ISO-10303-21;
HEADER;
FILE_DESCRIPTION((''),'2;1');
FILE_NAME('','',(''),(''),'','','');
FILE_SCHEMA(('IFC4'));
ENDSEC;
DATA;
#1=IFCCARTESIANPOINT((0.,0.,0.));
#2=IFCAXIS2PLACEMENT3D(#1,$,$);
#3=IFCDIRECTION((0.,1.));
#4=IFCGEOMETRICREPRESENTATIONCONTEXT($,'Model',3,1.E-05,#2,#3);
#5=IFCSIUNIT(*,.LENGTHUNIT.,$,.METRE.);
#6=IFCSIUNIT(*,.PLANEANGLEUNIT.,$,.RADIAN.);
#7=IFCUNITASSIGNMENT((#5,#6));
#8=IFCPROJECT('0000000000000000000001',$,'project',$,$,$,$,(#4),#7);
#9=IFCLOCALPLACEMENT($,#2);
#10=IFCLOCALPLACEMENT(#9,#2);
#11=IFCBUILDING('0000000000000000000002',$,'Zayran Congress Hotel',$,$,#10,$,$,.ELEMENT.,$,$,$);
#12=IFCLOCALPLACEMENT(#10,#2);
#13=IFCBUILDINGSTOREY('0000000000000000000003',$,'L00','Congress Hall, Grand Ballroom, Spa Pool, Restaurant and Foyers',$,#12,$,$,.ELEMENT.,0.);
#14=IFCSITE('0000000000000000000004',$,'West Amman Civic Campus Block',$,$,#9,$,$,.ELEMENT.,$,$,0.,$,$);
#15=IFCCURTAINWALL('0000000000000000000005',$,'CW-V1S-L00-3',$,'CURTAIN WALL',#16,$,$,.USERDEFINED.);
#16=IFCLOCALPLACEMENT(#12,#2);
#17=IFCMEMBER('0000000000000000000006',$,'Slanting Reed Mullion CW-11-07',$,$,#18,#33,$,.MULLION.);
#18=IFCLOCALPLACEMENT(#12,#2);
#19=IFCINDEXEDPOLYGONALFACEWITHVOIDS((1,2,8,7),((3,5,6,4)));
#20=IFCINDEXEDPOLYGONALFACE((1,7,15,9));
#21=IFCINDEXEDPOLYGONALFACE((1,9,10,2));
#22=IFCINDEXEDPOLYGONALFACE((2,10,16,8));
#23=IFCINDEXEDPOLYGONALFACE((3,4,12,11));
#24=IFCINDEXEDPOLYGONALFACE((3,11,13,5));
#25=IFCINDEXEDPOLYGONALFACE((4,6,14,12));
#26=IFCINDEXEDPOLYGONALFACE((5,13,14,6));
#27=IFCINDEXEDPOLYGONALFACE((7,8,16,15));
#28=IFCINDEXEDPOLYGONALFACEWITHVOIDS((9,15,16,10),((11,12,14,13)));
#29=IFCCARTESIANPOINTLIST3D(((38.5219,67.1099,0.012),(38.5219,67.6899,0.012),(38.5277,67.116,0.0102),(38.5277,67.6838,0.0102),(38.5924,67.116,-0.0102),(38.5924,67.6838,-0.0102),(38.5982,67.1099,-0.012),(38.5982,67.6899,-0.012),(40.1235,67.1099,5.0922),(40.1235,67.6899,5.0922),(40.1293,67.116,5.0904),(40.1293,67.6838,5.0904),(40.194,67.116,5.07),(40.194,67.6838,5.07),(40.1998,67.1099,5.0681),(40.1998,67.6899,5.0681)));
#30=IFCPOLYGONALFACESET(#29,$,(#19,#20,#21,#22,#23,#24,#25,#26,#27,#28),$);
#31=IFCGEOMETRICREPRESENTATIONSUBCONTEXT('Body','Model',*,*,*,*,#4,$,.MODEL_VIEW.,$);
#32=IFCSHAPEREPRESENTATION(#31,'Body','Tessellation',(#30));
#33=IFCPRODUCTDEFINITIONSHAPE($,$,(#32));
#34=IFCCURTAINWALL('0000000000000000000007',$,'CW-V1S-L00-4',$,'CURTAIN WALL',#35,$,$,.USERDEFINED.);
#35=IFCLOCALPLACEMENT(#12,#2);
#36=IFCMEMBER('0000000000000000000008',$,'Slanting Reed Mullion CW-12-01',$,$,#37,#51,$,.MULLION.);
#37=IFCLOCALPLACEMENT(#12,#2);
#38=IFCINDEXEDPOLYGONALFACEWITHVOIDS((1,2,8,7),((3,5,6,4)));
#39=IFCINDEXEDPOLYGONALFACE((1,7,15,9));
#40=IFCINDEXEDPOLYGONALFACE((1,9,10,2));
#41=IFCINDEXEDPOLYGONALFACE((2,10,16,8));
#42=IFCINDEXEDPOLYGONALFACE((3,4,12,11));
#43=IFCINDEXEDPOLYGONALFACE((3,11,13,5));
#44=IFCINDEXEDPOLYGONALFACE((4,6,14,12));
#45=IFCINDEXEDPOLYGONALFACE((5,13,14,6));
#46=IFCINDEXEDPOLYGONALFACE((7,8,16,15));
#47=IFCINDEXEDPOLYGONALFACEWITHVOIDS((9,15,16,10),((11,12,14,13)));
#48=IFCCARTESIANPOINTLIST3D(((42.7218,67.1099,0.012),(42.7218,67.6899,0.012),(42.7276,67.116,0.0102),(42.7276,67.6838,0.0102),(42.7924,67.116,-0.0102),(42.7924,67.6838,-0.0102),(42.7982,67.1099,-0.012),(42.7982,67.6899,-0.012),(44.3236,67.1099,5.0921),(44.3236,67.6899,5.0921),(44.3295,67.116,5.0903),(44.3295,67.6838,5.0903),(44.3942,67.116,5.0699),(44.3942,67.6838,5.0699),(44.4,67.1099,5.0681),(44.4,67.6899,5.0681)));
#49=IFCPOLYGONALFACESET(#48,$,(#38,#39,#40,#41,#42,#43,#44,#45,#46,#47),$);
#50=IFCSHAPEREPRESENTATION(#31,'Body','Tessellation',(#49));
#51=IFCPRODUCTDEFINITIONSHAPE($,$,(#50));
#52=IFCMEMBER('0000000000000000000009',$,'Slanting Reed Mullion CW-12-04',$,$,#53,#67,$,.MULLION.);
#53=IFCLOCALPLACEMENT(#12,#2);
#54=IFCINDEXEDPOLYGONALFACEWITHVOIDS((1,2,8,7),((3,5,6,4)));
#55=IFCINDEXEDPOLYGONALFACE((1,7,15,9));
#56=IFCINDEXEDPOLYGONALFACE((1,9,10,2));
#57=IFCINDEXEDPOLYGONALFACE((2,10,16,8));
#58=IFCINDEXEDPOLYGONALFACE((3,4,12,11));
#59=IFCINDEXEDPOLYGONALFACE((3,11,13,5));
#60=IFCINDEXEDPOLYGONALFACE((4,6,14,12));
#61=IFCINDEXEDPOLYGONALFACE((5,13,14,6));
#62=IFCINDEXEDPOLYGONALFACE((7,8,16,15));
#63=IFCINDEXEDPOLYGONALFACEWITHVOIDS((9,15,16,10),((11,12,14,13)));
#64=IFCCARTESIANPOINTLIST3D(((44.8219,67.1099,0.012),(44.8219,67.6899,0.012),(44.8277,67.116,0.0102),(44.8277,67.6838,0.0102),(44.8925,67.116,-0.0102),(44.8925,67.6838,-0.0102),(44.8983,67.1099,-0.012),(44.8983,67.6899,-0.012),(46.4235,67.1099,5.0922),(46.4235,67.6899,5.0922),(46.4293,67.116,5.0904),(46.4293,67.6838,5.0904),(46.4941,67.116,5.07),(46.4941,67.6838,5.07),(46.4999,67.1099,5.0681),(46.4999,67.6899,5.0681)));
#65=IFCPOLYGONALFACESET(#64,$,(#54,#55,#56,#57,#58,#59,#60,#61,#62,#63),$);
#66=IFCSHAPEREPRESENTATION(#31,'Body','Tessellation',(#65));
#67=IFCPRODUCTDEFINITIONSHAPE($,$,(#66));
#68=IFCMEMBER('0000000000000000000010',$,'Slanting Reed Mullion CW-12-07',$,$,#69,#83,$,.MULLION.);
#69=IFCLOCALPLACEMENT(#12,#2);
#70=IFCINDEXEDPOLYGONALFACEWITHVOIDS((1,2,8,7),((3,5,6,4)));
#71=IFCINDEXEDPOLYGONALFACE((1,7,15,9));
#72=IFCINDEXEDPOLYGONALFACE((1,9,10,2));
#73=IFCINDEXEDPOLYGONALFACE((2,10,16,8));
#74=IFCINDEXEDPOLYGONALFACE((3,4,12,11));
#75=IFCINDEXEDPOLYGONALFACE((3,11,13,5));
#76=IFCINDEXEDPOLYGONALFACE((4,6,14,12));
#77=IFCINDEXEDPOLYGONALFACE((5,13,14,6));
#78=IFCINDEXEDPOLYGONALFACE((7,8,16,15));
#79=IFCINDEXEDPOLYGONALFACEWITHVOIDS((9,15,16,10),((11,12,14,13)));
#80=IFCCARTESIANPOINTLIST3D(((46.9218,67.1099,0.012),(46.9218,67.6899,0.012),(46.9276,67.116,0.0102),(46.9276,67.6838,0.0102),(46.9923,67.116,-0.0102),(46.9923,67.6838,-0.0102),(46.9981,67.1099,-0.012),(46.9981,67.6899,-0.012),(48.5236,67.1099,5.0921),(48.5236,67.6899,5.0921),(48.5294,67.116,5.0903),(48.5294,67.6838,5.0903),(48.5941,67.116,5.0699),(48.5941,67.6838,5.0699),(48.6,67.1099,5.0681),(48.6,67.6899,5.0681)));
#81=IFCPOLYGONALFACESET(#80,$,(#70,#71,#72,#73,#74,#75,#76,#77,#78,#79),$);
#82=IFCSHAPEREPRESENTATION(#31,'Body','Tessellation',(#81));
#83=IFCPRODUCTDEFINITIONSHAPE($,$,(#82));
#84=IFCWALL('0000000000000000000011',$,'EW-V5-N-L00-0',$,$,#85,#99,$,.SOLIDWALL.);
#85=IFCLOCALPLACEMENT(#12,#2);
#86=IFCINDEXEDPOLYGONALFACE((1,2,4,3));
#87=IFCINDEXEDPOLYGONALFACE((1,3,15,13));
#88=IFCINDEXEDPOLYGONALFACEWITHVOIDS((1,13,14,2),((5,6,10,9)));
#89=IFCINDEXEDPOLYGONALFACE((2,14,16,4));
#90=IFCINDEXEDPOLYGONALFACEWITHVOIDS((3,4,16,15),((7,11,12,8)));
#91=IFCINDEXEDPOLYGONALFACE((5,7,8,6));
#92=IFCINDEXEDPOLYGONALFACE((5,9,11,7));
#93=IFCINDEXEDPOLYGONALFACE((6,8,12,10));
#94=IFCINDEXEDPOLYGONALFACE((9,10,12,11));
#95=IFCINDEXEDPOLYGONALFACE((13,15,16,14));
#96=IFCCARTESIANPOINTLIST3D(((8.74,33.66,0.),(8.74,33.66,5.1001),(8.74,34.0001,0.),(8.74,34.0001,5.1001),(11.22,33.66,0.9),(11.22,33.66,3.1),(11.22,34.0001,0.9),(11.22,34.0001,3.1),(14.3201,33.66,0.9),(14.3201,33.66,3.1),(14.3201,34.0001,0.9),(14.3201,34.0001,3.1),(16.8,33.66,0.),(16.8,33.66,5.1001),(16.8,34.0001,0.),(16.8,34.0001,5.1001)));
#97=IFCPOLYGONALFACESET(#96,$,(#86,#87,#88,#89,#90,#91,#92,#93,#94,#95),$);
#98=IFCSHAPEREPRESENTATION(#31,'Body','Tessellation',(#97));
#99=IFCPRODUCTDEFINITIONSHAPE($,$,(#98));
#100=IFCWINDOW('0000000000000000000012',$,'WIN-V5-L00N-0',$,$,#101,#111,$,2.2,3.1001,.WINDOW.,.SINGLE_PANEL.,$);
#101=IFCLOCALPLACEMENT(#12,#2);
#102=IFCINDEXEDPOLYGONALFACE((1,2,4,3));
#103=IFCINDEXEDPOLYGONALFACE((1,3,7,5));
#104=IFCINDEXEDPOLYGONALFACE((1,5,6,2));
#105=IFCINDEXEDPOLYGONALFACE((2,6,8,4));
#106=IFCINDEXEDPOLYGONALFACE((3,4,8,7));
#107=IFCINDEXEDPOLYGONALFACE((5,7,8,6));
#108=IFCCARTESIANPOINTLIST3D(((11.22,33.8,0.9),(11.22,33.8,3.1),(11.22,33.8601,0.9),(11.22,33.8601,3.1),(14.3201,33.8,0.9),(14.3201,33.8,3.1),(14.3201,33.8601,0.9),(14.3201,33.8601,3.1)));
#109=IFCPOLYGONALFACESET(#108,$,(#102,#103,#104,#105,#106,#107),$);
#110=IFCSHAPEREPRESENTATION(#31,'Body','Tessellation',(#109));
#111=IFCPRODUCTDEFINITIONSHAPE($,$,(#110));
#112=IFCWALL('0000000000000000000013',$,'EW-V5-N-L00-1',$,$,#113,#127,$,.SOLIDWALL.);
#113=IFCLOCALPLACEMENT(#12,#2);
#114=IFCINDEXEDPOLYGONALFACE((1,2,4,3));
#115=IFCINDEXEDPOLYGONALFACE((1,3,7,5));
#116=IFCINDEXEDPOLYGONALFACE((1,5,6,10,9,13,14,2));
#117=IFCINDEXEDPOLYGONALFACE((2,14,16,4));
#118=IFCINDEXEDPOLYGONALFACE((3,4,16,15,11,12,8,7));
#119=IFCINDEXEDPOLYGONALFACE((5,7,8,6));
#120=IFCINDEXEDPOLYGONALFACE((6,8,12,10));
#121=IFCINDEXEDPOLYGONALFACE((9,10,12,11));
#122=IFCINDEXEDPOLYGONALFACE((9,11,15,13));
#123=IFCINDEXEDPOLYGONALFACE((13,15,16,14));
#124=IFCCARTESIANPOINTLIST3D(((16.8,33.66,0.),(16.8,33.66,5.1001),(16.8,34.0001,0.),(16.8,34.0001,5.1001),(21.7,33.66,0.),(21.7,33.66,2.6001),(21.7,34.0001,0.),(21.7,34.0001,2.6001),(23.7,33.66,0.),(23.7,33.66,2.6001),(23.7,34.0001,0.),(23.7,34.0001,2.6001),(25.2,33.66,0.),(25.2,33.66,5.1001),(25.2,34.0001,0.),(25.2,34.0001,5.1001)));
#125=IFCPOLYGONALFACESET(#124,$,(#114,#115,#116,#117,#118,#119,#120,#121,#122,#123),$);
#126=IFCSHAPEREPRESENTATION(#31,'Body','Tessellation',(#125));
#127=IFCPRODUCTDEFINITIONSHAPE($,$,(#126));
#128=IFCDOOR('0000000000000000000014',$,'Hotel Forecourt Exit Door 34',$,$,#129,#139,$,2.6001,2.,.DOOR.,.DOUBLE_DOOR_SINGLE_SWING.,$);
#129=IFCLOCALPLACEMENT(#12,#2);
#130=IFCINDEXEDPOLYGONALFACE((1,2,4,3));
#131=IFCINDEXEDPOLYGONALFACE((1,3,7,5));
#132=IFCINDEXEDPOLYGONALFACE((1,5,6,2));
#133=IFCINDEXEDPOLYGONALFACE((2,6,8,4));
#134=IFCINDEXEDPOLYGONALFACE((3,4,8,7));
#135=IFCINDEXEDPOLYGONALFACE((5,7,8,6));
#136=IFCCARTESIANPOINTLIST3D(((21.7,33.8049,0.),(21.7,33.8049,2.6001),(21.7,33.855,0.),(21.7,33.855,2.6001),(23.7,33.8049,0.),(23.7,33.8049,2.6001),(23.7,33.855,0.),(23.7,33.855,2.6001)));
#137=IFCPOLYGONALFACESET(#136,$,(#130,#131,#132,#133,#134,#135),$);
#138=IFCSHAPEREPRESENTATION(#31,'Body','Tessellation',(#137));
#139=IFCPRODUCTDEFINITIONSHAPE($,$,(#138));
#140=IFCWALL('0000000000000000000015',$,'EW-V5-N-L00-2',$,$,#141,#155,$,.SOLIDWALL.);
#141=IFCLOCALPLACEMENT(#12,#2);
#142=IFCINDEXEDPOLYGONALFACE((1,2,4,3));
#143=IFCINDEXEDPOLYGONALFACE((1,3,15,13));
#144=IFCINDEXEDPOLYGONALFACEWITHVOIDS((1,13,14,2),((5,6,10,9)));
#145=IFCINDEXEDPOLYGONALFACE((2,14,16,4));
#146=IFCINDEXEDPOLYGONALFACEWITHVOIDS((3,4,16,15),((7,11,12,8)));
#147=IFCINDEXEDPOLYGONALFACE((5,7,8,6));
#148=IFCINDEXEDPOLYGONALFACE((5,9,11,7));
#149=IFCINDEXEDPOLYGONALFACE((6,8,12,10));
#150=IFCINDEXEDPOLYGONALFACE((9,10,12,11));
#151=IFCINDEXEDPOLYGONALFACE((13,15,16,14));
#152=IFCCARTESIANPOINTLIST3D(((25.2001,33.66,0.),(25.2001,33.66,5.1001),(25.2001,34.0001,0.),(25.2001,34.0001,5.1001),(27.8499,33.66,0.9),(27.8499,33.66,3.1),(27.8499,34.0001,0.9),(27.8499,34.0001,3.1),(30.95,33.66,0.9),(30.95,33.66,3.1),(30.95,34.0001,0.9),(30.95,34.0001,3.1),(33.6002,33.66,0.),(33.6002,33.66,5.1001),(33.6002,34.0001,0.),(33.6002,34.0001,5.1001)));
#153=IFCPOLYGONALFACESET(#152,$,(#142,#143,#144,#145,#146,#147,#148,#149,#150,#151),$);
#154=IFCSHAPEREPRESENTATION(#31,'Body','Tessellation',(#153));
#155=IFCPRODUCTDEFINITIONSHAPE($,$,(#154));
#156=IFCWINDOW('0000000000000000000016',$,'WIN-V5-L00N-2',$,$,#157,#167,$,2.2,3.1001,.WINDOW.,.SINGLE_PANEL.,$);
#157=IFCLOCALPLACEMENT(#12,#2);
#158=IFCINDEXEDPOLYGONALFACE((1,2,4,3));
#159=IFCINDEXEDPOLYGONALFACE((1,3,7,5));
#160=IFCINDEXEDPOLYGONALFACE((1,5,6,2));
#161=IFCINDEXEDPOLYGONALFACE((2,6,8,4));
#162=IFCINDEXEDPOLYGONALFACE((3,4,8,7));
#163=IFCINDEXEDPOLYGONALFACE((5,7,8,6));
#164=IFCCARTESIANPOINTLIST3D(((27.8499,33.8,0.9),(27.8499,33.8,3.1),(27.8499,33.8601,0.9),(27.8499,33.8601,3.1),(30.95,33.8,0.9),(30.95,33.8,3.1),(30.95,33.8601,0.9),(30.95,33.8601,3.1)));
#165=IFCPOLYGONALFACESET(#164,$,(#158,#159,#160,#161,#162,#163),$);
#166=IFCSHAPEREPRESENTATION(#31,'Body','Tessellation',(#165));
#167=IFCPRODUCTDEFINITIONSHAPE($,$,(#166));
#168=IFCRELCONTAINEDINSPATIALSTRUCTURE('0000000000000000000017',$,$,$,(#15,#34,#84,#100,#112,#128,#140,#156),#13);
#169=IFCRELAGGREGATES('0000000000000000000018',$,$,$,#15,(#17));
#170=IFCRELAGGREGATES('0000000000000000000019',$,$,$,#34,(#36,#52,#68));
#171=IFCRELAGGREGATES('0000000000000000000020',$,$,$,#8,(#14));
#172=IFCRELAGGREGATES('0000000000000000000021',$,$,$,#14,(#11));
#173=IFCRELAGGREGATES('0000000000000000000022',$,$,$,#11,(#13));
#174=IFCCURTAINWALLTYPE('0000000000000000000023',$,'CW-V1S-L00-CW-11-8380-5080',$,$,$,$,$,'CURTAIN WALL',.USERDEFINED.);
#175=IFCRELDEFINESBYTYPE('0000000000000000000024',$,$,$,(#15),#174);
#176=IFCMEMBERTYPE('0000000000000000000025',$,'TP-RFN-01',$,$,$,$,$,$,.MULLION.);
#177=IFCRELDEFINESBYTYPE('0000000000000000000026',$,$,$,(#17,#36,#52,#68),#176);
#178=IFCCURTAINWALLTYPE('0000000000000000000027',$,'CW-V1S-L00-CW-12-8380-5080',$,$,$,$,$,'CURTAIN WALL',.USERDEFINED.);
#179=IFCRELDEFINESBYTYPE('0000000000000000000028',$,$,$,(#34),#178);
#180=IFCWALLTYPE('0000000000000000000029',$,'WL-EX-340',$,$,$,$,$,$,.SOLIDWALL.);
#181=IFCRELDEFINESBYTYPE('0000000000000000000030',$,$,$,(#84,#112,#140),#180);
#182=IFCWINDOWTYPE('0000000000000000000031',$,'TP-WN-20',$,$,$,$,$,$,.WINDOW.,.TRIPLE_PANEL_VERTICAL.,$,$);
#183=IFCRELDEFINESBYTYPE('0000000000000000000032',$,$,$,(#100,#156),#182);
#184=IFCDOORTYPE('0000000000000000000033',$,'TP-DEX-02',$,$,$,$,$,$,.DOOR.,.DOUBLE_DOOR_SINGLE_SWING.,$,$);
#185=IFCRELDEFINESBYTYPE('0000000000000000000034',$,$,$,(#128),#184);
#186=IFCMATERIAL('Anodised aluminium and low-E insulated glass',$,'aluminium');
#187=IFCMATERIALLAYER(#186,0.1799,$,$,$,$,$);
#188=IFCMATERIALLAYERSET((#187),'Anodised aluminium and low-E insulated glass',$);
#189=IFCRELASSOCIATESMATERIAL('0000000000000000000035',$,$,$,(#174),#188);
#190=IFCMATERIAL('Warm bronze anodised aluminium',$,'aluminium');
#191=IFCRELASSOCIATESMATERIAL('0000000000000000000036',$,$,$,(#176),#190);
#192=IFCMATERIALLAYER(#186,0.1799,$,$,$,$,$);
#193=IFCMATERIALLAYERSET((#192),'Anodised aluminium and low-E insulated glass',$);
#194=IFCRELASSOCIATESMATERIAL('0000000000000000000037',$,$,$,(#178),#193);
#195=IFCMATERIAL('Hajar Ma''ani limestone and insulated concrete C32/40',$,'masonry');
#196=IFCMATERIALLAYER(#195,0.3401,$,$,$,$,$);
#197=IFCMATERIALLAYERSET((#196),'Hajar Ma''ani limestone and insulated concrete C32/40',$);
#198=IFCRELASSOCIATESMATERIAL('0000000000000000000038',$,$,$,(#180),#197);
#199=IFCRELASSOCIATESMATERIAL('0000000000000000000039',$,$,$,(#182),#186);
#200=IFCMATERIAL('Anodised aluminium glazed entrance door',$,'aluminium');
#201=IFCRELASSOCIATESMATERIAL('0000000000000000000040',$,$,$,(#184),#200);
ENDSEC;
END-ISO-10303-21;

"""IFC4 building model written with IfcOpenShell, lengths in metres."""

from ifc_helpers import new_model, si_unit, direction, frame, frame_2d, origin, origin_2d, place, context, subcontext, project, spatial, rectangle, hollow_rectangle, extrude, material, layer, layer_set, material_profile, profile_set, type_object, element, fill, aggregate, save


model = new_model("IFC4")

# Units and contexts
model_context = context("Model", 3, precision=1e-05, world=origin(), true_north=direction((0.0, 1.0)))
body_context = subcontext(model_context, "Body", "Model", "MODEL_VIEW")
ifc_project = project(units=[si_unit("LENGTHUNIT", "METRE"), si_unit("PLANEANGLEUNIT", "RADIAN")], contexts=[model_context])

# Site, building, storey
site_placement = place(None, origin())
site = spatial("IfcSite", under=ifc_project, at=site_placement, Name="West Amman Civic Campus Block", CompositionType="ELEMENT", RefElevation=0.0)
building_placement = place(site_placement, origin())
building = spatial("IfcBuilding", under=site, at=building_placement, Name="Zayran Congress Hotel", CompositionType="ELEMENT")
storey_placement = place(building_placement, origin())
storey = spatial("IfcBuildingStorey", under=building, at=storey_placement, Name="L00", Description="Congress Hall, Grand Ballroom, Spa Pool, Restaurant and Foyers", CompositionType="ELEMENT", Elevation=0.0)

# Curtain walls, members
ifc_material_1 = material(Name="Anodised aluminium and low-E insulated glass", Category="aluminium")
ifc_layer_1 = layer(ifc_material_1, 0.1799)
ifc_layer_set_1 = layer_set([ifc_layer_1], Name="Anodised aluminium and low-E insulated glass")
curtain_wall_type_1 = type_object("IfcCurtainWallType", Name="CW-V1S-L00-CW-11-8380-5080", ElementType="CURTAIN WALL", PredefinedType="USERDEFINED", material=ifc_layer_set_1)
ifc_material_2 = material(Name="Warm bronze anodised aluminium", Category="aluminium")
ifc_material_profile_1 = material_profile(ifc_material_2, hollow_rectangle(XDim=0.0801, YDim=0.5801, WallThickness=0.0061, at=origin_2d()), Name="RHS 580x80x6")
ifc_profile_set_1 = profile_set([ifc_material_profile_1], Name="Warm bronze anodised aluminium")
member_type = type_object("IfcMemberType", Name="TP-RFN-01", PredefinedType="MULLION", material=ifc_profile_set_1)
curtain_wall_1_placement = place(storey_placement, origin())
curtain_wall_1 = element("IfcCurtainWall", 1, at=curtain_wall_1_placement, inside=storey, type_object=curtain_wall_type_1, Name="CW-V1S-L00-3", ObjectType="CURTAIN WALL", PredefinedType="USERDEFINED")
member_1_placement = place(storey_placement, frame((38.5601, 67.3999, 0.0), z_axis=(0.300675, 0.0, 0.953727), x_axis=(-0.953727, 0.0, 0.300675)))
member_1 = element("IfcMember", 2, at=member_1_placement, type_object=member_type, Name="Slanting Reed Mullion CW-11-07", PredefinedType="MULLION", context=body_context, shape_type="SweptSolid", body=[
    extrude(hollow_rectangle(XDim=0.0801, YDim=0.5801, WallThickness=0.0061, at=origin_2d()), origin(), (0.0, 0.0, 1.0), 5.3267),
])
aggregate(curtain_wall_1, [member_1])
ifc_layer_2 = layer(ifc_material_1, 0.1799)
ifc_layer_set_2 = layer_set([ifc_layer_2], Name="Anodised aluminium and low-E insulated glass")
curtain_wall_type_2 = type_object("IfcCurtainWallType", Name="CW-V1S-L00-CW-12-8380-5080", ElementType="CURTAIN WALL", PredefinedType="USERDEFINED", material=ifc_layer_set_2)
curtain_wall_2_placement = place(storey_placement, origin())
curtain_wall_2 = element("IfcCurtainWall", 3, at=curtain_wall_2_placement, inside=storey, type_object=curtain_wall_type_2, Name="CW-V1S-L00-4", ObjectType="CURTAIN WALL", PredefinedType="USERDEFINED")
member_2_placement = place(storey_placement, frame((42.76, 67.3999, 0.0), z_axis=(0.300717, 0.0, 0.953713), x_axis=(-0.953713, 0.0, 0.300717)))
member_2 = element("IfcMember", 4, at=member_2_placement, type_object=member_type, Name="Slanting Reed Mullion CW-12-01", PredefinedType="MULLION", context=body_context, shape_type="SweptSolid", body=[
    extrude(hollow_rectangle(XDim=0.0801, YDim=0.5801, WallThickness=0.0061, at=origin_2d()), origin(), (0.0, 0.0, 1.0), 5.3267),
])
member_3_placement = place(storey_placement, frame((44.8601, 67.3999, 0.0), z_axis=(0.300675, 0.0, 0.953727), x_axis=(-0.953727, 0.0, 0.300675)))
member_3 = element("IfcMember", 5, at=member_3_placement, type_object=member_type, Name="Slanting Reed Mullion CW-12-04", PredefinedType="MULLION", context=body_context, shape_type="SweptSolid", body=[
    extrude(hollow_rectangle(XDim=0.0801, YDim=0.5801, WallThickness=0.0061, at=origin_2d()), origin(), (0.0, 0.0, 1.0), 5.3267),
])
member_4_placement = place(storey_placement, frame((46.96, 67.3999, 0.0), z_axis=(0.300717, 0.0, 0.953713), x_axis=(-0.953713, 0.0, 0.300717)))
member_4 = element("IfcMember", 6, at=member_4_placement, type_object=member_type, Name="Slanting Reed Mullion CW-12-07", PredefinedType="MULLION", context=body_context, shape_type="SweptSolid", body=[
    extrude(hollow_rectangle(XDim=0.0801, YDim=0.5801, WallThickness=0.0061, at=origin_2d()), origin(), (0.0, 0.0, 1.0), 5.3267),
])
aggregate(curtain_wall_2, [member_2, member_3, member_4])

# Wall, opening, window
ifc_material_3 = material(Name="Hajar Ma'ani limestone and insulated concrete C32/40", Category="masonry")
ifc_layer_3 = layer(ifc_material_3, 0.3401)
ifc_layer_set_3 = layer_set([ifc_layer_3], Name="Hajar Ma'ani limestone and insulated concrete C32/40")
wall_type = type_object("IfcWallType", Name="WL-EX-340", PredefinedType="SOLIDWALL", material=ifc_layer_set_3)
wall_1_placement = place(storey_placement, frame((8.74, 33.8301, 0.0), z_axis=(0.0, 0.0, 1.0), x_axis=(1.0, 0.0, 0.0)))
wall_1 = element("IfcWall", 7, at=wall_1_placement, inside=storey, type_object=wall_type, Name="EW-V5-N-L00-0", PredefinedType="SOLIDWALL", context=body_context, shape_type="SweptSolid", body=[
    extrude(rectangle(XDim=8.0601, YDim=0.3401, at=frame_2d((4.03, 0.0))), origin(), (0.0, 0.0, 1.0), 5.1001),
])
opening_1_placement = place(wall_1_placement, frame((2.48, 0.0, 0.8999)))
opening_1 = element("IfcOpeningElement", 8, at=opening_1_placement, cuts=wall_1, PredefinedType="OPENING", context=body_context, shape_type="SweptSolid", body=[
    extrude(rectangle(XDim=3.1001, YDim=2.2, at=frame_2d((1.55, 1.1001))), frame((0.0, 0.1799, 0.0), z_axis=(0.0, -1.0, 0.0), x_axis=(1.0, 0.0, 0.0)), (0.0, 0.0, 1.0), 0.3601),
])
window_type = type_object("IfcWindowType", Name="TP-WN-20", PartitioningType="TRIPLE_PANEL_VERTICAL", PredefinedType="WINDOW", material=ifc_material_1)
window_1_placement = place(opening_1_placement, origin())
window_1 = element("IfcWindow", 9, at=window_1_placement, inside=storey, type_object=window_type, Name="WIN-V5-L00N-0", OverallHeight=2.2, OverallWidth=3.1001, PartitioningType="SINGLE_PANEL", PredefinedType="WINDOW", context=body_context, shape_type="SweptSolid", body=[
    extrude(rectangle(XDim=3.1001, YDim=2.2, at=frame_2d((1.55, 1.1001))), frame((0.0, 0.03, 0.0), z_axis=(0.0, -1.0, 0.0), x_axis=(1.0, 0.0, 0.0)), (0.0, 0.0, 1.0), 0.0601),
])
fill(opening_1, window_1)

# Wall, opening, door
wall_2_placement = place(storey_placement, frame((16.8, 33.8301, 0.0), z_axis=(0.0, 0.0, 1.0), x_axis=(1.0, 0.0, 0.0)))
wall_2 = element("IfcWall", 10, at=wall_2_placement, inside=storey, type_object=wall_type, Name="EW-V5-N-L00-1", PredefinedType="SOLIDWALL", context=body_context, shape_type="SweptSolid", body=[
    extrude(rectangle(XDim=8.3999, YDim=0.3401, at=frame_2d((4.2, 0.0))), origin(), (0.0, 0.0, 1.0), 5.1001),
])
opening_2_placement = place(wall_2_placement, frame((4.8999, 0.0, 0.0)))
opening_2 = element("IfcOpeningElement", 11, at=opening_2_placement, cuts=wall_2, PredefinedType="OPENING", context=body_context, shape_type="SweptSolid", body=[
    extrude(rectangle(XDim=2.0, YDim=2.6001, at=frame_2d((1.0, 1.3))), frame((0.0, 0.1799, 0.0), z_axis=(0.0, -1.0, 0.0), x_axis=(1.0, 0.0, 0.0)), (0.0, 0.0, 1.0), 0.3601),
])
ifc_material_4 = material(Name="Anodised aluminium glazed entrance door", Category="aluminium")
door_type = type_object("IfcDoorType", Name="TP-DEX-02", OperationType="DOUBLE_DOOR_SINGLE_SWING", PredefinedType="DOOR", material=ifc_material_4)
door_1_placement = place(opening_2_placement, origin())
door_1 = element("IfcDoor", 12, at=door_1_placement, inside=storey, type_object=door_type, Name="Hotel Forecourt Exit Door 34", OperationType="DOUBLE_DOOR_SINGLE_SWING", OverallHeight=2.6001, OverallWidth=2.0, PredefinedType="DOOR", context=body_context, shape_type="SweptSolid", body=[
    extrude(rectangle(XDim=2.0, YDim=2.6001, at=frame_2d((1.0, 1.3))), frame((0.0, 0.0249, 0.0), z_axis=(0.0, -1.0, 0.0), x_axis=(1.0, 0.0, 0.0)), (0.0, 0.0, 1.0), 0.05),
])
fill(opening_2, door_1)

# Wall, opening, window
wall_3_placement = place(storey_placement, frame((25.2, 33.8301, 0.0), z_axis=(0.0, 0.0, 1.0), x_axis=(1.0, 0.0, 0.0)))
wall_3 = element("IfcWall", 13, at=wall_3_placement, inside=storey, type_object=wall_type, Name="EW-V5-N-L00-2", PredefinedType="SOLIDWALL", context=body_context, shape_type="SweptSolid", body=[
    extrude(rectangle(XDim=8.4001, YDim=0.3401, at=frame_2d((4.2002, 0.0))), origin(), (0.0, 0.0, 1.0), 5.1001),
])
opening_3_placement = place(wall_3_placement, frame((2.6499, 0.0, 0.8999)))
opening_3 = element("IfcOpeningElement", 14, at=opening_3_placement, cuts=wall_3, PredefinedType="OPENING", context=body_context, shape_type="SweptSolid", body=[
    extrude(rectangle(XDim=3.1001, YDim=2.2, at=frame_2d((1.55, 1.1001))), frame((0.0, 0.1799, 0.0), z_axis=(0.0, -1.0, 0.0), x_axis=(1.0, 0.0, 0.0)), (0.0, 0.0, 1.0), 0.3601),
])
window_2_placement = place(opening_3_placement, origin())
window_2 = element("IfcWindow", 15, at=window_2_placement, inside=storey, type_object=window_type, Name="WIN-V5-L00N-2", OverallHeight=2.2, OverallWidth=3.1001, PartitioningType="SINGLE_PANEL", PredefinedType="WINDOW", context=body_context, shape_type="SweptSolid", body=[
    extrude(rectangle(XDim=3.1001, YDim=2.2, at=frame_2d((1.55, 1.1001))), frame((0.0, 0.03, 0.0), z_axis=(0.0, -1.0, 0.0), x_axis=(1.0, 0.0, 0.0)), (0.0, 0.0, 1.0), 0.0601),
])
fill(opening_3, window_2)

save(model, "model.ifc")
